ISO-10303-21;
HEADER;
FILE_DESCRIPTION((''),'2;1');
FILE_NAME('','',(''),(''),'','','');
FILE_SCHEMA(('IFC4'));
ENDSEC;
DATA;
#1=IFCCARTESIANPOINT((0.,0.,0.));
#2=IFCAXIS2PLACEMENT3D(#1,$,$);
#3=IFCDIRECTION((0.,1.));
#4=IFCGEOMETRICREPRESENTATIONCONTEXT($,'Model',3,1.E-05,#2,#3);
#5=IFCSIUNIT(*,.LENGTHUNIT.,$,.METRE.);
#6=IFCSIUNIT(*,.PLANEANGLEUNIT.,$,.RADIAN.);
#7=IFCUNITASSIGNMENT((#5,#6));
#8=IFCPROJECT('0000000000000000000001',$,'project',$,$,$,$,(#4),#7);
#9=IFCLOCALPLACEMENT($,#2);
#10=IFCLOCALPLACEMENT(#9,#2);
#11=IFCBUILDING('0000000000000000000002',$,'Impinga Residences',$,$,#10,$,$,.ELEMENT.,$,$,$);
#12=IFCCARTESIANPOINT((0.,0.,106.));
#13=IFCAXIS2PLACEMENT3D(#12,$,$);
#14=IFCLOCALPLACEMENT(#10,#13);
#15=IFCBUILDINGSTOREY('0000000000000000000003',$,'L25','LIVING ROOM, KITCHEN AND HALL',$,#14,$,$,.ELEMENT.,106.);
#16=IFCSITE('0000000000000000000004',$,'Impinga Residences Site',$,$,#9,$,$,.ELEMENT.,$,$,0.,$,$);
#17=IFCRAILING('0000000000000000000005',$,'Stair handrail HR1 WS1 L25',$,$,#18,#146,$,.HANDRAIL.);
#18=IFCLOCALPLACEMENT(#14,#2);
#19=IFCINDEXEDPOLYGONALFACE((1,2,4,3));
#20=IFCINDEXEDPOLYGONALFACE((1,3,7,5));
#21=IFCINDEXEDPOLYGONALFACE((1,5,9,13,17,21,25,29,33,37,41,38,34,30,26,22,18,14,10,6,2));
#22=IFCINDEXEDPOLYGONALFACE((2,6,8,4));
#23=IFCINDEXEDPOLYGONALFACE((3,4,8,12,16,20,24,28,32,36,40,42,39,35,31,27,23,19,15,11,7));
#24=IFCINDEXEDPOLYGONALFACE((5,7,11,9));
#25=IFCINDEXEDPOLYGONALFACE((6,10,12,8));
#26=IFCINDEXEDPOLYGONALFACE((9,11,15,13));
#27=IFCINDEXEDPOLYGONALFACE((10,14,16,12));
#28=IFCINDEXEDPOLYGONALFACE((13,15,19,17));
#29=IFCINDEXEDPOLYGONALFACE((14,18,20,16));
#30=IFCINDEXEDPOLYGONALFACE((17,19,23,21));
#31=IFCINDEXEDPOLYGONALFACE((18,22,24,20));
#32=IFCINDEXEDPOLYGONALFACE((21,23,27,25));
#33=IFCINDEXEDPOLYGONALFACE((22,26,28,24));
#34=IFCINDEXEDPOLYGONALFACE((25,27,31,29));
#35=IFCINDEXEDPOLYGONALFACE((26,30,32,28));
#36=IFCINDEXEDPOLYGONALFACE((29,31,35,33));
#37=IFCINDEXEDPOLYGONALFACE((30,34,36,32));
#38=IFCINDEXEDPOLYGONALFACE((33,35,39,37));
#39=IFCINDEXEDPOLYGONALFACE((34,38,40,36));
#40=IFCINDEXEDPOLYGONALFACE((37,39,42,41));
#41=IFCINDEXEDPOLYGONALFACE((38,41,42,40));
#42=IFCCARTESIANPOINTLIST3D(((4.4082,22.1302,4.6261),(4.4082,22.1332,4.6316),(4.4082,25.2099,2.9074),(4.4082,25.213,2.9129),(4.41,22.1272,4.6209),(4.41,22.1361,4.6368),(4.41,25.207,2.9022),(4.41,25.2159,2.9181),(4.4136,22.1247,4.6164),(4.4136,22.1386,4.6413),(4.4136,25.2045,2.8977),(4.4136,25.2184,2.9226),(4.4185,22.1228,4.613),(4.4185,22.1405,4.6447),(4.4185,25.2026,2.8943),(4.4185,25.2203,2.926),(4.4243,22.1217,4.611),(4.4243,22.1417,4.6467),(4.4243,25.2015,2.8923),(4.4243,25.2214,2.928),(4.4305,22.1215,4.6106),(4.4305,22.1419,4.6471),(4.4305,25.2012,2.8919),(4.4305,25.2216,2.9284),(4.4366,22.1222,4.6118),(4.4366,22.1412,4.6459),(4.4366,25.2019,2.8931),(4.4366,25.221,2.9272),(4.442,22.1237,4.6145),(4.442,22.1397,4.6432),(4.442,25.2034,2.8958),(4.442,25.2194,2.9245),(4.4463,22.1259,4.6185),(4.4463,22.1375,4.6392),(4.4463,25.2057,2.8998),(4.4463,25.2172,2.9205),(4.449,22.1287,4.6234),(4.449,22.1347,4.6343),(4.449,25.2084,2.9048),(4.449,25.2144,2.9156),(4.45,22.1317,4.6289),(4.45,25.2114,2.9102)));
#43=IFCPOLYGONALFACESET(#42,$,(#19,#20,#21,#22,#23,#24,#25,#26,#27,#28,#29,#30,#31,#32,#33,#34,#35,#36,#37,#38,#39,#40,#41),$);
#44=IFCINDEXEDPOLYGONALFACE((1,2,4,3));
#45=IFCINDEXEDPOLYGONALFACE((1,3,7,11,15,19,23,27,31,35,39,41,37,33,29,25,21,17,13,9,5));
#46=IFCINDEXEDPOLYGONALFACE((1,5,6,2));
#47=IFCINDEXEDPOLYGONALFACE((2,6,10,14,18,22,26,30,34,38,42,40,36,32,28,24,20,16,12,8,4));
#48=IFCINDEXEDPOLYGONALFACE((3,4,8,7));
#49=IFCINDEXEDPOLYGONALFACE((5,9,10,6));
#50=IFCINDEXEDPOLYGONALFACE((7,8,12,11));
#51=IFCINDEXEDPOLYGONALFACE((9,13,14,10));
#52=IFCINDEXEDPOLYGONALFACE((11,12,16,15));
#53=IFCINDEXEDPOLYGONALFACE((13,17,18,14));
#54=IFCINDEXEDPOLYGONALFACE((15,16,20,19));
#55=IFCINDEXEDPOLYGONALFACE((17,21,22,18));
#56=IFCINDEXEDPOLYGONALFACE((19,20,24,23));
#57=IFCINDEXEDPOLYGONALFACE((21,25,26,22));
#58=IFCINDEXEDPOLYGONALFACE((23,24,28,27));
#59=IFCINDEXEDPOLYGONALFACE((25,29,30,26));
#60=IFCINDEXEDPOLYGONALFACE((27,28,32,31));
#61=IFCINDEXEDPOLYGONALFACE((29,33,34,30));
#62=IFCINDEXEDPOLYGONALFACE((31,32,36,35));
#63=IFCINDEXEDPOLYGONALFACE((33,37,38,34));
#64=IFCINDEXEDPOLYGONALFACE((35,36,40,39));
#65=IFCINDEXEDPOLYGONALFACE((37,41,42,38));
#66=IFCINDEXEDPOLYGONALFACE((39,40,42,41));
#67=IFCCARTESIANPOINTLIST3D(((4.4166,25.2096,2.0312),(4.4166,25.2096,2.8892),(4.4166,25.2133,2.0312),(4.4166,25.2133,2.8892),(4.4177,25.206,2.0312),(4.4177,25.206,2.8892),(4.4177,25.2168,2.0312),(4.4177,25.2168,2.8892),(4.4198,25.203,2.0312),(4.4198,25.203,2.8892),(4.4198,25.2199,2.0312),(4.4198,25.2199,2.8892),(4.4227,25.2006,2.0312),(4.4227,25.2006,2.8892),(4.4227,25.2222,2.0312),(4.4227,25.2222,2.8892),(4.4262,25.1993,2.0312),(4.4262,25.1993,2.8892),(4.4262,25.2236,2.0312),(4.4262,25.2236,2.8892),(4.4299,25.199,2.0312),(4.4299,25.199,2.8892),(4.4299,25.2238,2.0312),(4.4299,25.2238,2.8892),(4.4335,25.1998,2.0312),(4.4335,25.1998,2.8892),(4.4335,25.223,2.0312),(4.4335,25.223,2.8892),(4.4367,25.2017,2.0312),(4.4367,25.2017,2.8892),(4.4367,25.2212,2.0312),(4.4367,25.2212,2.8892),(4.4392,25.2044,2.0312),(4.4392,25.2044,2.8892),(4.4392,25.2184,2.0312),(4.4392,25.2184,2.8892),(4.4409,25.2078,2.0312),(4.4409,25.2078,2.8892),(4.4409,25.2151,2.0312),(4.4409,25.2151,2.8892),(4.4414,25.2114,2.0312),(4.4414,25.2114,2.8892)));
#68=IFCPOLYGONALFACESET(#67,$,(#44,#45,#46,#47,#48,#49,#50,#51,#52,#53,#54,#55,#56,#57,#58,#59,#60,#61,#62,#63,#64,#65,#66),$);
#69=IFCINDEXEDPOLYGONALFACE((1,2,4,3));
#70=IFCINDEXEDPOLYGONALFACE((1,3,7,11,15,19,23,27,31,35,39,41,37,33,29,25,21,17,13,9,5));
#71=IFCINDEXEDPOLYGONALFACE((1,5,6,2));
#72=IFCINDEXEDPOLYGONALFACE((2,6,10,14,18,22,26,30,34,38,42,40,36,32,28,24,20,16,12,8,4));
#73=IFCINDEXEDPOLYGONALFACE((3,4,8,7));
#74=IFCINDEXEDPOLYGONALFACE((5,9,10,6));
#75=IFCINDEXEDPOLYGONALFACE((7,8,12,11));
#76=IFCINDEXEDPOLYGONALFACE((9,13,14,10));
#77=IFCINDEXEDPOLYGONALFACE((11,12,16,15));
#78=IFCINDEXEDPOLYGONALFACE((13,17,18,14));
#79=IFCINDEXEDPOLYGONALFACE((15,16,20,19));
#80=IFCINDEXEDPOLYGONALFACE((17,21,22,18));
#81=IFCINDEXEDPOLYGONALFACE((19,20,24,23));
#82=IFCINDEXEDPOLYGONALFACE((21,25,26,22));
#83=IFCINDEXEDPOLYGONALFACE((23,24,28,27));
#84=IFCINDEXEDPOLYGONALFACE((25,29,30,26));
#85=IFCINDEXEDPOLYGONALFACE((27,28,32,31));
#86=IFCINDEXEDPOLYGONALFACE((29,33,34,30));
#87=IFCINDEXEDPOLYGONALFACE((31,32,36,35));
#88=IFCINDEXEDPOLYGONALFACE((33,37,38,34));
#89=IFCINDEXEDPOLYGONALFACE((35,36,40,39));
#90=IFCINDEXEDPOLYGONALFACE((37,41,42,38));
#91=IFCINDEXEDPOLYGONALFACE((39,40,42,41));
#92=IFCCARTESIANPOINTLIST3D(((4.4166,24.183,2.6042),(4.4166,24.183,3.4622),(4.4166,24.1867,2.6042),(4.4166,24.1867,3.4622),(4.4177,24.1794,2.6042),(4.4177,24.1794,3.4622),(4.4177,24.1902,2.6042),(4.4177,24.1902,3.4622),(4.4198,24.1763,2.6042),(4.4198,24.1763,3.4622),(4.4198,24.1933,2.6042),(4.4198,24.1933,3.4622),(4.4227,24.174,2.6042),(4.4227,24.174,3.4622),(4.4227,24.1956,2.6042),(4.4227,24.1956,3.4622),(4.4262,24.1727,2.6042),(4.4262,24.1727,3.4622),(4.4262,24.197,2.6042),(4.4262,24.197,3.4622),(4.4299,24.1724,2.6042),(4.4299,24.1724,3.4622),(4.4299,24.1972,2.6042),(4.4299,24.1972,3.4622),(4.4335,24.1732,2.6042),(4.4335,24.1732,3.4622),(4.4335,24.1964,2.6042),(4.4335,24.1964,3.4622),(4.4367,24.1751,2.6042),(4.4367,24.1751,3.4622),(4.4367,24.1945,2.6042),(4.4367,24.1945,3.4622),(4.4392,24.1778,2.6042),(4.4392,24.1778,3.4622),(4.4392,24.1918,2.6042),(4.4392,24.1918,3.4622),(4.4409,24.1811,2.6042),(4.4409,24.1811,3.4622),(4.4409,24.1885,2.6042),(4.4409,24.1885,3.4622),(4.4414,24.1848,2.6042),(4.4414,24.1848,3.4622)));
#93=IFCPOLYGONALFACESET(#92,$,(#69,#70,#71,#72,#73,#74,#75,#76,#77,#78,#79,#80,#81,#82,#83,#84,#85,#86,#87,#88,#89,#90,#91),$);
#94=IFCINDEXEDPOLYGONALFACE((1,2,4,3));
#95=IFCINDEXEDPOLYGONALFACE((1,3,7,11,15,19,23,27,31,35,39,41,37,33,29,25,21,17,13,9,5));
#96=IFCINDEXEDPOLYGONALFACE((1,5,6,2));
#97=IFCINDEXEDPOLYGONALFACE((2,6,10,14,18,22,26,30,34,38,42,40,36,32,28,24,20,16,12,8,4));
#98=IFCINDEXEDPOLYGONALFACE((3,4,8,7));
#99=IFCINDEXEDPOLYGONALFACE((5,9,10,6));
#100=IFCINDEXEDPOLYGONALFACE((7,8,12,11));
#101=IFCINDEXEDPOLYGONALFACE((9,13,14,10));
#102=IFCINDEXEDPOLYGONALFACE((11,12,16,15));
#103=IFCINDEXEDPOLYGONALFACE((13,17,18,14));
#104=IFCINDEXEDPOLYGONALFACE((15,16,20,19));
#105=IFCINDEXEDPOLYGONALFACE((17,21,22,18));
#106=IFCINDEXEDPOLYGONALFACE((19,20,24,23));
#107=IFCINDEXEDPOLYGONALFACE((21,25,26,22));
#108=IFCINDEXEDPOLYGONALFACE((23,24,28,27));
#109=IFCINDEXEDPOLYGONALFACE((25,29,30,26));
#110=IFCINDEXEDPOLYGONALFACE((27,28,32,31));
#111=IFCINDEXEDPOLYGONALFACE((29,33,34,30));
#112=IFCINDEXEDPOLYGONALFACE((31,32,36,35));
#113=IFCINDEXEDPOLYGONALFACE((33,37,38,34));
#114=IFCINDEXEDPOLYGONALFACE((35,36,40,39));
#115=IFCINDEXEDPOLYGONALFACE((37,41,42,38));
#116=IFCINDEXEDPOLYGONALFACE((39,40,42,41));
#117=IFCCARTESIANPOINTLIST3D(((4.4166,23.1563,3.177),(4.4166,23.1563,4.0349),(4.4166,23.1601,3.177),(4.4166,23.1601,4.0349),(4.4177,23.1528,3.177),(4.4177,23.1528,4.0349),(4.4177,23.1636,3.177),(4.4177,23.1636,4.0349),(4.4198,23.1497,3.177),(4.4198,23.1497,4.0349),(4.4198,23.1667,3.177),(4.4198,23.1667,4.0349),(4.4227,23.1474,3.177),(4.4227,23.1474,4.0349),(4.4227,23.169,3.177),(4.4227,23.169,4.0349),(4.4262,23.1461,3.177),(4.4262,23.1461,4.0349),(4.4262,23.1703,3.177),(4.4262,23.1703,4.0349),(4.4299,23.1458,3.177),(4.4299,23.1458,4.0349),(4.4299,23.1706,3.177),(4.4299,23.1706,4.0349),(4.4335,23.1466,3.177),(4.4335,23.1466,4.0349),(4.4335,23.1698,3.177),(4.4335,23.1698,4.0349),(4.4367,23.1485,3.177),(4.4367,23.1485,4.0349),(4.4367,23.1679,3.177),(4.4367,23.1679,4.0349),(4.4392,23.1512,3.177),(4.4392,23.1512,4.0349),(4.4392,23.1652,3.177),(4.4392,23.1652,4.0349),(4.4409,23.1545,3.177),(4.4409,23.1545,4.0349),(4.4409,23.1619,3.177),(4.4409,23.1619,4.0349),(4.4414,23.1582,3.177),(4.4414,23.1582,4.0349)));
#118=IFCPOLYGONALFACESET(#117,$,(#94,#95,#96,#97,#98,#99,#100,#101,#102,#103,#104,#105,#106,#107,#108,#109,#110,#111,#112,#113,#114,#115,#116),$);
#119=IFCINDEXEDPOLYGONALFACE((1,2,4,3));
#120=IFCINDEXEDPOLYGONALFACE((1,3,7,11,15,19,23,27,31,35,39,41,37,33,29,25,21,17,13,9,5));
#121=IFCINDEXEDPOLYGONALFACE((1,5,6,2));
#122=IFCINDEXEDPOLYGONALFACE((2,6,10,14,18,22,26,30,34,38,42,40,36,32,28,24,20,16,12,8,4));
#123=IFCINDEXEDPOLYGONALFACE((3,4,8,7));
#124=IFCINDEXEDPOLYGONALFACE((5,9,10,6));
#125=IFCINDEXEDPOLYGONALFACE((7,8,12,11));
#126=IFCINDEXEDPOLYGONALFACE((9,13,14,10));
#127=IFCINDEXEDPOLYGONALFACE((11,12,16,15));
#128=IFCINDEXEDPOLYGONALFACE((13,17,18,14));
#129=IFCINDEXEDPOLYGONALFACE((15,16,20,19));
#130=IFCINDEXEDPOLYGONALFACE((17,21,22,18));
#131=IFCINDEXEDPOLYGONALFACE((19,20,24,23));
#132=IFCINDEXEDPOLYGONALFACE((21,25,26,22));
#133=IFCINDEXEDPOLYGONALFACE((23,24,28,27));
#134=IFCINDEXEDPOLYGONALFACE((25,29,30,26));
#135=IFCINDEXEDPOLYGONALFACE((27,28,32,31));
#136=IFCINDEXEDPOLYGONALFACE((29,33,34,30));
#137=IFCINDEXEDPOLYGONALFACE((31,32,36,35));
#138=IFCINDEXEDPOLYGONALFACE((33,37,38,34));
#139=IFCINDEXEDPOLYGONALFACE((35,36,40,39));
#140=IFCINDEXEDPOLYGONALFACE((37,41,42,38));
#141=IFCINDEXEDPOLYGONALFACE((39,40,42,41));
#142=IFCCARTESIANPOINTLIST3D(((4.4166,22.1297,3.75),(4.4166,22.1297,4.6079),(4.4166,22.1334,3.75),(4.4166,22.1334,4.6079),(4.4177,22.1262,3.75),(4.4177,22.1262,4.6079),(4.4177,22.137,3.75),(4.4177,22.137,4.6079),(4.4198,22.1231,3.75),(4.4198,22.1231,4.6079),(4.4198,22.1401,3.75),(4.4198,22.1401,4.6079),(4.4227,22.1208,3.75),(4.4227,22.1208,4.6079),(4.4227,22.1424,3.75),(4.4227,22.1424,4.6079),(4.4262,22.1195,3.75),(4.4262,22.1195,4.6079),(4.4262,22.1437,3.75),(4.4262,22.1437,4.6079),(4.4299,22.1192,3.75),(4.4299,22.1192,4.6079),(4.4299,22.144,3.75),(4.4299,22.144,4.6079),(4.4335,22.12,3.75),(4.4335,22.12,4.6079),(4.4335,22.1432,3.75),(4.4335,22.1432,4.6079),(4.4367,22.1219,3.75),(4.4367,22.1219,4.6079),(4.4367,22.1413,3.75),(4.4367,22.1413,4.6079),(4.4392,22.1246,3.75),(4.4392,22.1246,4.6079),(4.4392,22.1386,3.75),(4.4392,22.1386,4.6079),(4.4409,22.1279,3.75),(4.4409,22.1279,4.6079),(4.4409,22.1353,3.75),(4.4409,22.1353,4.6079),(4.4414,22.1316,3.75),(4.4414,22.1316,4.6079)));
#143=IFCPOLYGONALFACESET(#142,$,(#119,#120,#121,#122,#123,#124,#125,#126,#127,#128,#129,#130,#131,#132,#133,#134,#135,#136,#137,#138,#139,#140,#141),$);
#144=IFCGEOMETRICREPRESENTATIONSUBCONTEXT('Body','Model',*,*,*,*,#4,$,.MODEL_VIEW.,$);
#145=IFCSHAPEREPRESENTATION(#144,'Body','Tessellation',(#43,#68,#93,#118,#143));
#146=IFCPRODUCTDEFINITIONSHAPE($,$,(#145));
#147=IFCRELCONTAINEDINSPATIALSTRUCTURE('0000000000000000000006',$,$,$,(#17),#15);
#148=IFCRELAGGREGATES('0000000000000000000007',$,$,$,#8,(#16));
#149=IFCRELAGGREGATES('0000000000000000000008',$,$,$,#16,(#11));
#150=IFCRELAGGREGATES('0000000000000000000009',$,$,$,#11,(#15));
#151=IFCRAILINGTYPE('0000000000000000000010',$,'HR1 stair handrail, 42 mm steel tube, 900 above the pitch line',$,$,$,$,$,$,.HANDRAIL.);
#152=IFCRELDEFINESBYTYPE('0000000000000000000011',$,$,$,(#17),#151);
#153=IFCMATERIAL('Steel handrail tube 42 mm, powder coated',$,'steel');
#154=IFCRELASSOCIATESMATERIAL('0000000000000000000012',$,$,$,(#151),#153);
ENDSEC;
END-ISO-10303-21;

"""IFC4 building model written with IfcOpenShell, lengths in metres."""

from ifc_helpers import new_model, si_unit, direction, frame, origin, origin_2d, place, context, subcontext, project, spatial, circle, extrude, material, type_object, element, save


model = new_model("IFC4")

# Units and contexts
model_context = context("Model", 3, precision=1e-05, world=origin(), true_north=direction((0.0, 1.0)))
body_context = subcontext(model_context, "Body", "Model", "MODEL_VIEW")
ifc_project = project(units=[si_unit("LENGTHUNIT", "METRE"), si_unit("PLANEANGLEUNIT", "RADIAN")], contexts=[model_context])

# Site, building, storey
site_placement = place(None, origin())
site = spatial("IfcSite", under=ifc_project, at=site_placement, Name="Impinga Residences Site", CompositionType="ELEMENT", RefElevation=0.0)
building_placement = place(site_placement, origin())
building = spatial("IfcBuilding", under=site, at=building_placement, Name="Impinga Residences", CompositionType="ELEMENT")
storey_placement = place(building_placement, frame((0.0, 0.0, 106.0)))
storey = spatial("IfcBuildingStorey", under=building, at=storey_placement, Name="L25", Description="LIVING ROOM, KITCHEN AND HALL", CompositionType="ELEMENT", Elevation=106.0)

# Railing
ifc_material_1 = material(Name="Steel handrail tube 42 mm, powder coated", Category="steel")
railing_type_1 = type_object("IfcRailingType", Name="HR1 stair handrail, 42 mm steel tube, 900 above the pitch line", PredefinedType="HANDRAIL", material=ifc_material_1)
railing_1_placement = place(storey_placement, frame((4.429, 25.2114, 2.0312)))
element("IfcRailing", 1, at=railing_1_placement, inside=storey, type_object=railing_type_1, Name="Stair handrail HR1 WS1 L25", PredefinedType="HANDRAIL", context=body_context, shape_type="SweptSolid", body=[
    extrude(circle(Radius=0.021, at=origin_2d()), frame((0.0, 0.0, 0.8789), z_axis=(0.0, -0.873225, 0.487317), x_axis=(1.0, 0.0, 0.0)), (0.0, 0.0, 1.0), 3.5269),
    extrude(circle(Radius=0.0125, at=origin_2d()), origin(), (0.0, 0.0, 1.0), 0.8579),
    extrude(circle(Radius=0.0125, at=origin_2d()), frame((0.0, -1.0266, 0.573)), (0.0, 0.0, 1.0), 0.8579),
    extrude(circle(Radius=0.0125, at=origin_2d()), frame((0.0, -2.0532, 1.1458)), (0.0, 0.0, 1.0), 0.8579),
    extrude(circle(Radius=0.0125, at=origin_2d()), frame((0.0, -3.0798, 1.7188)), (0.0, 0.0, 1.0), 0.8579),
])

save(model, "model.ifc")
